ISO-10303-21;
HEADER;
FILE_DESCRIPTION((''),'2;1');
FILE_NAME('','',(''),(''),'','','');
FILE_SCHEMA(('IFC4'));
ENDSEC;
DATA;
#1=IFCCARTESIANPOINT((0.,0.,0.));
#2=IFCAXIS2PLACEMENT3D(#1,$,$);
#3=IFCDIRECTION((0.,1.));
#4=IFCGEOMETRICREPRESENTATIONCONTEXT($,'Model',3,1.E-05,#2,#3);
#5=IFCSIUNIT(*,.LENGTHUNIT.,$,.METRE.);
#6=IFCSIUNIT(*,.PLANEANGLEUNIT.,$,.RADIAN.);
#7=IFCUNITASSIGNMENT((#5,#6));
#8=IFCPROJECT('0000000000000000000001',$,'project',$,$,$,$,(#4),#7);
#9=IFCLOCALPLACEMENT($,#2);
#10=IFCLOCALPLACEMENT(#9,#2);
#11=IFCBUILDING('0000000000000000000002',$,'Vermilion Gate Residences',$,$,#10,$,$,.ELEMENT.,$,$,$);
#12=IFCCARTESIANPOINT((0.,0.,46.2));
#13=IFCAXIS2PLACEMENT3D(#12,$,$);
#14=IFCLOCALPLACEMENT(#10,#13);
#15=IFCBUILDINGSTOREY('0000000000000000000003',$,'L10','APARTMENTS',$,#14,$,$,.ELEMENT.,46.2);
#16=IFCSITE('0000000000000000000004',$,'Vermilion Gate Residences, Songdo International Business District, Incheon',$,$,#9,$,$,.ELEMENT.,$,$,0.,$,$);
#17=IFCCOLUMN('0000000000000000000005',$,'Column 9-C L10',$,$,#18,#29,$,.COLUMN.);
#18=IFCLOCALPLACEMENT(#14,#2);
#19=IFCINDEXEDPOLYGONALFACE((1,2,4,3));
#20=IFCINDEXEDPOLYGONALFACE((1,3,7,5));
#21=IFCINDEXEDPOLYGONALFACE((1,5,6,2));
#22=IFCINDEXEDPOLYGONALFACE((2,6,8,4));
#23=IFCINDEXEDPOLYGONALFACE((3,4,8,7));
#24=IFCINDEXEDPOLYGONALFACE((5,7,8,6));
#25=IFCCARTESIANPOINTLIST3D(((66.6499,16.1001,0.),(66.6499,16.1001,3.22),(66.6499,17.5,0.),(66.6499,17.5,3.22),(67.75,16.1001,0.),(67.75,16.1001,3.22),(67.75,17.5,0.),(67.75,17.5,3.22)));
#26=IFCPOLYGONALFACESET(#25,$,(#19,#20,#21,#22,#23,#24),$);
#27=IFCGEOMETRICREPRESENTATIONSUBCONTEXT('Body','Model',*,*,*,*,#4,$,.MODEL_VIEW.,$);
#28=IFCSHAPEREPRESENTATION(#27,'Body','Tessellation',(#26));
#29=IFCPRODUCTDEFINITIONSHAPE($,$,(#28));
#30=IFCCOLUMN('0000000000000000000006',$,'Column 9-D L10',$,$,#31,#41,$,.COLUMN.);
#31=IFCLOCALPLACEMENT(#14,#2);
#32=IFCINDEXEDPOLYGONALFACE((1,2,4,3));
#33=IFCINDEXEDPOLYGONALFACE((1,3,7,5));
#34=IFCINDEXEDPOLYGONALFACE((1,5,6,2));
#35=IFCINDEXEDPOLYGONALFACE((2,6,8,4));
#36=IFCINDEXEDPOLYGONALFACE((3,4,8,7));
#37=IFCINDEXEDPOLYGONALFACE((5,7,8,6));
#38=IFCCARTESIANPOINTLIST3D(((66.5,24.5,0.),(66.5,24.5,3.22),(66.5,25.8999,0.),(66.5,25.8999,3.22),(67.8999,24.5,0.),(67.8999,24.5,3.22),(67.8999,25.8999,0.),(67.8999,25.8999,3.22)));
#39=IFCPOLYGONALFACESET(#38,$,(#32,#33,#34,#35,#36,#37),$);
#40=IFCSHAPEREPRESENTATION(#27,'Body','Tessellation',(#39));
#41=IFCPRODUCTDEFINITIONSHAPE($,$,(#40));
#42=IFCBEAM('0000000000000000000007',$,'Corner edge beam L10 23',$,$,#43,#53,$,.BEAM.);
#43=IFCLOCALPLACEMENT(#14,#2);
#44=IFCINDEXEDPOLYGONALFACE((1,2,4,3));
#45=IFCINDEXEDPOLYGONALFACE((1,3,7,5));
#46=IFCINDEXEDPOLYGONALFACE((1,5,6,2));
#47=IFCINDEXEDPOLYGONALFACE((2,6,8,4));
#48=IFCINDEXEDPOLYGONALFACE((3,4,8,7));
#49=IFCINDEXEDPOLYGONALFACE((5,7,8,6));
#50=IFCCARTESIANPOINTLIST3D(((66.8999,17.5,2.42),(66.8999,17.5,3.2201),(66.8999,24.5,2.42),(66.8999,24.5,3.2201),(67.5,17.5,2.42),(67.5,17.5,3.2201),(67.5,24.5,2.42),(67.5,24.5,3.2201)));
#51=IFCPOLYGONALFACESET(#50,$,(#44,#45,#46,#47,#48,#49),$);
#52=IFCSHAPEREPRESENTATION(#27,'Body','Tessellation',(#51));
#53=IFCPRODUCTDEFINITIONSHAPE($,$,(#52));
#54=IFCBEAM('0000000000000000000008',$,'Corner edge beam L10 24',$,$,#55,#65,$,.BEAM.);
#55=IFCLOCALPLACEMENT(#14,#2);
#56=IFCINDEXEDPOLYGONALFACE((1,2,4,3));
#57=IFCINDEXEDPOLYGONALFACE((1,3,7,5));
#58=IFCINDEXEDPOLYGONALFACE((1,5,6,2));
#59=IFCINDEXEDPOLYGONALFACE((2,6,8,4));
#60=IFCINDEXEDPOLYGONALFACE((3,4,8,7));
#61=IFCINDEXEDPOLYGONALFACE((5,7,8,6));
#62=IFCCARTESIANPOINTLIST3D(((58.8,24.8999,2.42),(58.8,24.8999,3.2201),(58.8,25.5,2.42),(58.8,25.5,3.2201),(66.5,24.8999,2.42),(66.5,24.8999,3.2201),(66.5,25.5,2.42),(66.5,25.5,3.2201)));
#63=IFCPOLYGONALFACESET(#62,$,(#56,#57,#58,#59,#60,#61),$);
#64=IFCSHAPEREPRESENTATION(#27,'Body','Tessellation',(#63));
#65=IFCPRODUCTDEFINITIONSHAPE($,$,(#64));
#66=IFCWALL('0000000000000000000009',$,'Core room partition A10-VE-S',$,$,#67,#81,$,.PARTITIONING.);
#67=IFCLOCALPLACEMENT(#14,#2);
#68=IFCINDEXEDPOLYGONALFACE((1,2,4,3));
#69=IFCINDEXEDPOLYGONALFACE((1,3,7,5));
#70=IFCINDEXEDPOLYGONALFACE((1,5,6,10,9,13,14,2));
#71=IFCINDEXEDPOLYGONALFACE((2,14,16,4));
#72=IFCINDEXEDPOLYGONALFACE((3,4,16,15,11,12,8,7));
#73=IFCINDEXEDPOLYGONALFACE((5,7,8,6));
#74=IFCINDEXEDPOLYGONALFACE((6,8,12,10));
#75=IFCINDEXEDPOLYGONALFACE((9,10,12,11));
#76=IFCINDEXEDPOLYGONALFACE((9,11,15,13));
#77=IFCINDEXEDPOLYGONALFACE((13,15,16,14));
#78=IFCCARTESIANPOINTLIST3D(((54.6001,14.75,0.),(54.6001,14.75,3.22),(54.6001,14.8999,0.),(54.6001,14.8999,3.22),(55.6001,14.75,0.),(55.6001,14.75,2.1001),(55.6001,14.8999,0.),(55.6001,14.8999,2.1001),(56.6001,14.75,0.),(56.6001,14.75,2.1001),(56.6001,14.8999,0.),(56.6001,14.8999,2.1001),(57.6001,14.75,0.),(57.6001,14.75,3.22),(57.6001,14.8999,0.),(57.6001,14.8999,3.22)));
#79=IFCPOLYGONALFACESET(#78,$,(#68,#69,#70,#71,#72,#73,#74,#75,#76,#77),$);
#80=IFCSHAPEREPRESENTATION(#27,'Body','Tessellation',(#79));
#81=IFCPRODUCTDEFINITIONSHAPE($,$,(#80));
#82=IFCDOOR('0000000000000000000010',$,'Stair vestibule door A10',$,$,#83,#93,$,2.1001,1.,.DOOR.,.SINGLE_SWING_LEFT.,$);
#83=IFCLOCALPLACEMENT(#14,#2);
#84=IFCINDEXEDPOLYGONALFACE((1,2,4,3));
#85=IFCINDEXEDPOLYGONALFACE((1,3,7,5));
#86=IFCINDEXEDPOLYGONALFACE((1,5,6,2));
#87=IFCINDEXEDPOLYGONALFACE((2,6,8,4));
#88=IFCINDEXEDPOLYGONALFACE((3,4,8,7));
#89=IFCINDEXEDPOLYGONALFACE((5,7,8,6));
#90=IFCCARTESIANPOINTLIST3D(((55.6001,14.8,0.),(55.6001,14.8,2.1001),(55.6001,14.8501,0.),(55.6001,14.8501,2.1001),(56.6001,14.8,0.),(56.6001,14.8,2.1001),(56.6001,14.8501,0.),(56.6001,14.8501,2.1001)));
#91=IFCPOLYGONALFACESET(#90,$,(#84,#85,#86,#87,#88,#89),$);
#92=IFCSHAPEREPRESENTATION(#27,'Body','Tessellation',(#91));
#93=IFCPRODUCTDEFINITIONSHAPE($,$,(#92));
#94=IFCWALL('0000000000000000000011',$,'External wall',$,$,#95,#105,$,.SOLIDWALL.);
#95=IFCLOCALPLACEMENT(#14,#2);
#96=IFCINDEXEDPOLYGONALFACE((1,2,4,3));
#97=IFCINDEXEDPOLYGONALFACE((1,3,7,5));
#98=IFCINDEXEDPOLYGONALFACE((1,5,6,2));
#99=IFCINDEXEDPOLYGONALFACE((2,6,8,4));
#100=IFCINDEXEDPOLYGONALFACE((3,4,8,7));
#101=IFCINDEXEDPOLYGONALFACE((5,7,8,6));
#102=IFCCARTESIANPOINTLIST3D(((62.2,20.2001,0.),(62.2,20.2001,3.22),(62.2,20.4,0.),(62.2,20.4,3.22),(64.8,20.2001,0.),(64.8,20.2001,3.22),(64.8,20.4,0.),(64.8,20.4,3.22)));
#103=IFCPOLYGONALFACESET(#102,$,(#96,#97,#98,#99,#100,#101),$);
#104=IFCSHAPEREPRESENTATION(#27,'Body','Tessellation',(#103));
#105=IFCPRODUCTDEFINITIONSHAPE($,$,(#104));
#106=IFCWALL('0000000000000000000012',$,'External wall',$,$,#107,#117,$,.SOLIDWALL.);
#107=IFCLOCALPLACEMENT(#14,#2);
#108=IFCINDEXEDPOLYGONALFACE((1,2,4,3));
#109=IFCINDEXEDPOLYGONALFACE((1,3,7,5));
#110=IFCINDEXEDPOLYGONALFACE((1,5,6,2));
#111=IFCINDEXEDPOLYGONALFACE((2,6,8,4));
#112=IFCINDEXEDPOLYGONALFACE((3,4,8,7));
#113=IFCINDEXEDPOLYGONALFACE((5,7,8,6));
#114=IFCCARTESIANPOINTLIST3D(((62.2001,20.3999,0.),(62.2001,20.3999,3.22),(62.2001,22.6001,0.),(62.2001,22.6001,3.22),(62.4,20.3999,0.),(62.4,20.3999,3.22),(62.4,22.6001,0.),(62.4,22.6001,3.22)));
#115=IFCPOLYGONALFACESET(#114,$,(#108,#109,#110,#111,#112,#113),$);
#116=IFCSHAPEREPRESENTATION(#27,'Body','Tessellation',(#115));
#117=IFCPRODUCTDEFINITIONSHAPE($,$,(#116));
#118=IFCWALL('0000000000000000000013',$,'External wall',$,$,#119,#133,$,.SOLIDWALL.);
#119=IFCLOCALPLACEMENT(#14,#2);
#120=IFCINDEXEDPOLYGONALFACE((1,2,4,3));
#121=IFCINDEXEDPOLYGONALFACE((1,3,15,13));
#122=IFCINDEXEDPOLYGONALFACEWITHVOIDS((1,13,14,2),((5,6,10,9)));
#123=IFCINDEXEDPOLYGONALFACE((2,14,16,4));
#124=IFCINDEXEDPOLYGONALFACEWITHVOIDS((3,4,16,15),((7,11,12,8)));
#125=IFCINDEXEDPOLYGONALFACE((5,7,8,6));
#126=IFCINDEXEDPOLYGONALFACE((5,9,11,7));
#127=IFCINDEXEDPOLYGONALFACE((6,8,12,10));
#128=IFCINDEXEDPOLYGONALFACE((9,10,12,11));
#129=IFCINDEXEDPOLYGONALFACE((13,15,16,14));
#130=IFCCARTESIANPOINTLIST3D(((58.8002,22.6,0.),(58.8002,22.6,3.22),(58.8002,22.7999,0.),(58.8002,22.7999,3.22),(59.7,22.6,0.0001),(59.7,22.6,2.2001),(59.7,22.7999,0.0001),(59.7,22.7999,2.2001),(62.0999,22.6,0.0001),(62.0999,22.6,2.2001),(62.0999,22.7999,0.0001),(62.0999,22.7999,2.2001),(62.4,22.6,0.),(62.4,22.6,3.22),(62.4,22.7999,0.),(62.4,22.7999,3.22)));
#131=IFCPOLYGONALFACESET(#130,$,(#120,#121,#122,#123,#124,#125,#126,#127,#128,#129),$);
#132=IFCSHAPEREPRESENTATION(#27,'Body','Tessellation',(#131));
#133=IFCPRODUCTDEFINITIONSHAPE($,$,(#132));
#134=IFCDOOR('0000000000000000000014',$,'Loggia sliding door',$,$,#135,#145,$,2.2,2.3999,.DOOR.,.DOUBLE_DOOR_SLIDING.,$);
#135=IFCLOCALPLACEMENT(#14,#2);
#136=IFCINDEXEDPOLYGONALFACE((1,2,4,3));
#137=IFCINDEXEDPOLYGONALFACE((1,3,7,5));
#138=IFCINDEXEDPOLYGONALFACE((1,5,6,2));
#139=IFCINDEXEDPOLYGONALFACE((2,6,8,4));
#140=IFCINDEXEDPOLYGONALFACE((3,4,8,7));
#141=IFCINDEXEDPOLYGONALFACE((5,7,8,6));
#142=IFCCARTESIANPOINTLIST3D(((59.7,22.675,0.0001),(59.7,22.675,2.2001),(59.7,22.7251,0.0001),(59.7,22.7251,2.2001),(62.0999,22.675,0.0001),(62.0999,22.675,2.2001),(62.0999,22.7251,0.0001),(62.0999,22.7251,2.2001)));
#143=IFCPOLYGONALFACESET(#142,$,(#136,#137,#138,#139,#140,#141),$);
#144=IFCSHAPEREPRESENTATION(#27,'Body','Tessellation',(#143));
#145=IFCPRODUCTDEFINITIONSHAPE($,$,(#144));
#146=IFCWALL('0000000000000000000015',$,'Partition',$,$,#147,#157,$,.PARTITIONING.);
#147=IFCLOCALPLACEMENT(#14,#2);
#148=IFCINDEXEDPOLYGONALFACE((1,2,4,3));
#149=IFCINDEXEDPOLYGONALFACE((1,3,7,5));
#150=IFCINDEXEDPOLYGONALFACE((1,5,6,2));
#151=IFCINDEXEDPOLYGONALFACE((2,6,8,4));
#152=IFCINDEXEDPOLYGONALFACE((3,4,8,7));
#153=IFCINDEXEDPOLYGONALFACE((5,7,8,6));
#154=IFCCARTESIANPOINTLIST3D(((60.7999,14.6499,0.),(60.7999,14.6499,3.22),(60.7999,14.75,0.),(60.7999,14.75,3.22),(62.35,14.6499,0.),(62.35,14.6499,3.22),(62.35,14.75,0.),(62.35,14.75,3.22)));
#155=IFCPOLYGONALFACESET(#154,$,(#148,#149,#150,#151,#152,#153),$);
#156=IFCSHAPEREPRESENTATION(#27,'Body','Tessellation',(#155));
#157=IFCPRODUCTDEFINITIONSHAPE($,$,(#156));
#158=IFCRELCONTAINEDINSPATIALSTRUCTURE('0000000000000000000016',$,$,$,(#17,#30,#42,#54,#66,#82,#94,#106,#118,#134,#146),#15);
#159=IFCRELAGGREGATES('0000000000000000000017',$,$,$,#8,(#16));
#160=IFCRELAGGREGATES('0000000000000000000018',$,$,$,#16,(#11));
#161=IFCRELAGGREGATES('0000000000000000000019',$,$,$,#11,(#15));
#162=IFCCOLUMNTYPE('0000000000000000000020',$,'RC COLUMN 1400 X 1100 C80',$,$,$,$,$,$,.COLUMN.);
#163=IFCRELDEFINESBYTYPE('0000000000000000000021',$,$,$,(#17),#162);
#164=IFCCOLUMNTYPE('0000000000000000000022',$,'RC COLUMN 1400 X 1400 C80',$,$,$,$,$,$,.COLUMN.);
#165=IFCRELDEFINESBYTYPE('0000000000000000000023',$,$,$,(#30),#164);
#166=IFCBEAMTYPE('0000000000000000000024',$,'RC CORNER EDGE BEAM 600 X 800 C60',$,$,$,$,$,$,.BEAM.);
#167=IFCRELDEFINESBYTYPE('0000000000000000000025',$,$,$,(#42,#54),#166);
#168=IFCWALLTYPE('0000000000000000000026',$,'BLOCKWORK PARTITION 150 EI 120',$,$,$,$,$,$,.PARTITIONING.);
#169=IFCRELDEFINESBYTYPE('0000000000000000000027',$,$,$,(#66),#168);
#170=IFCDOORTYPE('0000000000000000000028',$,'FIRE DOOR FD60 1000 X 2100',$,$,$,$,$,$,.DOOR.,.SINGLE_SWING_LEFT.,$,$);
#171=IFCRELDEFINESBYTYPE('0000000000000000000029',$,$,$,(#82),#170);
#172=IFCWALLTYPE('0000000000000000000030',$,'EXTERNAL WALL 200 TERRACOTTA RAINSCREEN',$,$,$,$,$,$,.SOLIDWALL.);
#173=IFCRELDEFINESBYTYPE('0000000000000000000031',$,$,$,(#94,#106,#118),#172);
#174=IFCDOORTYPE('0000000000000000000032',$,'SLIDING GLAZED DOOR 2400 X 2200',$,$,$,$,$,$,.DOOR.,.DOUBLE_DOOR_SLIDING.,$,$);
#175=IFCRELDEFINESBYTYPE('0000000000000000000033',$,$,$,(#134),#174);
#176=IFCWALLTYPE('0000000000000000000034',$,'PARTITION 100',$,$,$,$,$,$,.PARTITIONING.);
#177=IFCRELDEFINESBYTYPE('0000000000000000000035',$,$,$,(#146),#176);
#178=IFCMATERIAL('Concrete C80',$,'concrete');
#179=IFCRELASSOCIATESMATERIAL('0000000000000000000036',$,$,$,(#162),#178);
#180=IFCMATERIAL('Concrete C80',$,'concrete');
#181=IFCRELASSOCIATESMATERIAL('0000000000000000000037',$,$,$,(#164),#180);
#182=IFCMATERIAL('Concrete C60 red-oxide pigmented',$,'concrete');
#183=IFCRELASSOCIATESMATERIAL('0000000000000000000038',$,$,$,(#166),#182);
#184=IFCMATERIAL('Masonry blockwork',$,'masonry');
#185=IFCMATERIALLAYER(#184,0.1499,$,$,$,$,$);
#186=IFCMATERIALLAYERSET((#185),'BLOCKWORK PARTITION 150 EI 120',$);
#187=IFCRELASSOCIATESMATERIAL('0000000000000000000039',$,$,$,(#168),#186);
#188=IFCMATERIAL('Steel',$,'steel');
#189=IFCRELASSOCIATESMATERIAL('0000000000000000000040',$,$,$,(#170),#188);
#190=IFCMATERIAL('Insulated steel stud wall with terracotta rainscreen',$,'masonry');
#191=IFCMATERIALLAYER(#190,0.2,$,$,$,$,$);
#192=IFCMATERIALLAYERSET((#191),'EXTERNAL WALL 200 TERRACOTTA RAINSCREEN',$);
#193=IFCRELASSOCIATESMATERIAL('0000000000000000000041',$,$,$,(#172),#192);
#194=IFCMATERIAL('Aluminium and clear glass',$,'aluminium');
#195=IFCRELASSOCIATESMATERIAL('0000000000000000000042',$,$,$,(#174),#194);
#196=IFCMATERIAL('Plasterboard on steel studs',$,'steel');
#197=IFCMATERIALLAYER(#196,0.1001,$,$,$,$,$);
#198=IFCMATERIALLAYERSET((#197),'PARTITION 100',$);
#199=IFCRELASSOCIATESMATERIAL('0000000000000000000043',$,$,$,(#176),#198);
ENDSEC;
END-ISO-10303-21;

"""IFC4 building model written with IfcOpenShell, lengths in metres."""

from ifc_helpers import new_model, si_unit, direction, frame, frame_2d, origin, origin_2d, place, context, subcontext, project, spatial, rectangle, extrude, material, layer, layer_set, material_profile, profile_set, type_object, element, fill, save


model = new_model("IFC4")

# Units and contexts
model_context = context("Model", 3, precision=1e-05, world=origin(), true_north=direction((0.0, 1.0)))
body_context = subcontext(model_context, "Body", "Model", "MODEL_VIEW")
ifc_project = project(units=[si_unit("LENGTHUNIT", "METRE"), si_unit("PLANEANGLEUNIT", "RADIAN")], contexts=[model_context])

# Site, building, storey
site_placement = place(None, origin())
site = spatial("IfcSite", under=ifc_project, at=site_placement, Name="Vermilion Gate Residences, Songdo International Business District, Incheon", CompositionType="ELEMENT", RefElevation=0.0)
building_placement = place(site_placement, origin())
building = spatial("IfcBuilding", under=site, at=building_placement, Name="Vermilion Gate Residences", CompositionType="ELEMENT")
storey_placement = place(building_placement, frame((0.0, 0.0, 46.2)))
storey = spatial("IfcBuildingStorey", under=building, at=storey_placement, Name="L10", Description="APARTMENTS", CompositionType="ELEMENT", Elevation=46.2)

# Columns
ifc_material_1 = material(Name="Concrete C80", Category="concrete")
ifc_material_profile_1 = material_profile(ifc_material_1, rectangle(XDim=1.3999, YDim=1.1001, at=origin_2d()), Name="RC-1400x1100")
ifc_profile_set_1 = profile_set([ifc_material_profile_1], Name="Concrete C80")
column_type_1 = type_object("IfcColumnType", Name="RC COLUMN 1400 X 1100 C80", PredefinedType="COLUMN", material=ifc_profile_set_1)
column_1_placement = place(storey_placement, frame((67.2, 16.8, 0.0), z_axis=(0.0, 0.0, 1.0), x_axis=(0.0, 1.0, 0.0)))
element("IfcColumn", 1, at=column_1_placement, inside=storey, type_object=column_type_1, Name="Column 9-C L10", PredefinedType="COLUMN", context=body_context, shape_type="SweptSolid", body=[
    extrude(rectangle(XDim=1.3999, YDim=1.1001, at=origin_2d()), origin(), (0.0, 0.0, 1.0), 3.22),
])
ifc_material_2 = material(Name="Concrete C80", Category="concrete")
ifc_material_profile_2 = material_profile(ifc_material_2, rectangle(XDim=1.3999, YDim=1.3999, at=origin_2d()), Name="RC-1400x1400")
ifc_profile_set_2 = profile_set([ifc_material_profile_2], Name="Concrete C80")
column_type_2 = type_object("IfcColumnType", Name="RC COLUMN 1400 X 1400 C80", PredefinedType="COLUMN", material=ifc_profile_set_2)
column_2_placement = place(storey_placement, frame((67.2, 25.2, 0.0), z_axis=(0.0, 0.0, 1.0), x_axis=(1.0, 0.0, 0.0)))
element("IfcColumn", 2, at=column_2_placement, inside=storey, type_object=column_type_2, Name="Column 9-D L10", PredefinedType="COLUMN", context=body_context, shape_type="SweptSolid", body=[
    extrude(rectangle(XDim=1.3999, YDim=1.3999, at=origin_2d()), origin(), (0.0, 0.0, 1.0), 3.22),
])

# Beams
ifc_material_3 = material(Name="Concrete C60 red-oxide pigmented", Category="concrete")
ifc_material_profile_3 = material_profile(ifc_material_3, rectangle(XDim=0.6001, YDim=0.8, at=origin_2d()), Name="RC-600x800")
ifc_profile_set_3 = profile_set([ifc_material_profile_3], Name="Concrete C60 red-oxide pigmented")
beam_type = type_object("IfcBeamType", Name="RC CORNER EDGE BEAM 600 X 800 C60", PredefinedType="BEAM", material=ifc_profile_set_3)
beam_1_placement = place(storey_placement, frame((67.2, 17.5, 2.8201), z_axis=(0.0, 1.0, 0.0), x_axis=(-1.0, 0.0, 0.0)))
element("IfcBeam", 3, at=beam_1_placement, inside=storey, type_object=beam_type, Name="Corner edge beam L10 23", PredefinedType="BEAM", context=body_context, shape_type="SweptSolid", body=[
    extrude(rectangle(XDim=0.6001, YDim=0.8, at=origin_2d()), origin(), (0.0, 0.0, 1.0), 7.0),
])
beam_2_placement = place(storey_placement, frame((58.8, 25.2, 2.8201), z_axis=(1.0, 0.0, 0.0), x_axis=(0.0, 1.0, 0.0)))
element("IfcBeam", 4, at=beam_2_placement, inside=storey, type_object=beam_type, Name="Corner edge beam L10 24", PredefinedType="BEAM", context=body_context, shape_type="SweptSolid", body=[
    extrude(rectangle(XDim=0.6001, YDim=0.8, at=origin_2d()), origin(), (0.0, 0.0, 1.0), 7.7),
])

# Wall, opening, door
ifc_material_4 = material(Name="Masonry blockwork", Category="masonry")
ifc_layer_1 = layer(ifc_material_4, 0.1499)
ifc_layer_set_1 = layer_set([ifc_layer_1], Name="BLOCKWORK PARTITION 150 EI 120")
wall_type_1 = type_object("IfcWallType", Name="BLOCKWORK PARTITION 150 EI 120", PredefinedType="PARTITIONING", material=ifc_layer_set_1)
wall_1_placement = place(storey_placement, frame((54.6001, 14.825, 0.0), z_axis=(0.0, 0.0, 1.0), x_axis=(1.0, 0.0, 0.0)))
wall_1 = element("IfcWall", 5, at=wall_1_placement, inside=storey, type_object=wall_type_1, Name="Core room partition A10-VE-S", PredefinedType="PARTITIONING", context=body_context, shape_type="SweptSolid", body=[
    extrude(rectangle(XDim=3.0, YDim=0.1499, at=frame_2d((1.5, 0.0))), origin(), (0.0, 0.0, 1.0), 3.22),
])
opening_1_placement = place(wall_1_placement, frame((1.0, 0.0, 0.0)))
opening_1 = element("IfcOpeningElement", 6, at=opening_1_placement, cuts=wall_1, PredefinedType="OPENING", context=body_context, shape_type="SweptSolid", body=[
    extrude(rectangle(XDim=1.0, YDim=2.1001, at=frame_2d((0.5, 1.05))), frame((0.0, 0.085, 0.0), z_axis=(0.0, -1.0, 0.0), x_axis=(1.0, 0.0, 0.0)), (0.0, 0.0, 1.0), 0.1699),
])
ifc_material_5 = material(Name="Steel", Category="steel")
door_type_1 = type_object("IfcDoorType", Name="FIRE DOOR FD60 1000 X 2100", OperationType="SINGLE_SWING_LEFT", PredefinedType="DOOR", material=ifc_material_5)
door_1_placement = place(opening_1_placement, frame((1.0, 0.0, 0.0), z_axis=(0.0, 0.0, 1.0), x_axis=(-1.0, 0.0, 0.0)))
door_1 = element("IfcDoor", 7, at=door_1_placement, inside=storey, type_object=door_type_1, Name="Stair vestibule door A10", OperationType="SINGLE_SWING_LEFT", OverallHeight=2.1001, OverallWidth=1.0, PredefinedType="DOOR", context=body_context, shape_type="SweptSolid", body=[
    extrude(rectangle(XDim=1.0, YDim=2.1001, at=frame_2d((0.5, 1.05))), frame((0.0, 0.0249, 0.0), z_axis=(0.0, -1.0, 0.0), x_axis=(1.0, 0.0, 0.0)), (0.0, 0.0, 1.0), 0.05),
])
fill(opening_1, door_1)

# Walls
ifc_material_6 = material(Name="Insulated steel stud wall with terracotta rainscreen", Category="masonry")
ifc_layer_2 = layer(ifc_material_6, 0.2)
ifc_layer_set_2 = layer_set([ifc_layer_2], Name="EXTERNAL WALL 200 TERRACOTTA RAINSCREEN")
wall_type_2 = type_object("IfcWallType", Name="EXTERNAL WALL 200 TERRACOTTA RAINSCREEN", PredefinedType="SOLIDWALL", material=ifc_layer_set_2)
wall_2_placement = place(storey_placement, frame((64.8, 20.3, 0.0), z_axis=(0.0, 0.0, 1.0), x_axis=(-1.0, 0.0, 0.0)))
element("IfcWall", 8, at=wall_2_placement, inside=storey, type_object=wall_type_2, Name="External wall", PredefinedType="SOLIDWALL", context=body_context, shape_type="SweptSolid", body=[
    extrude(rectangle(XDim=2.6001, YDim=0.2, at=frame_2d((1.3, 0.0))), origin(), (0.0, 0.0, 1.0), 3.22),
])
wall_3_placement = place(storey_placement, frame((62.3, 20.3999, 0.0), z_axis=(0.0, 0.0, 1.0), x_axis=(0.0, 1.0, 0.0)))
element("IfcWall", 9, at=wall_3_placement, inside=storey, type_object=wall_type_2, Name="External wall", PredefinedType="SOLIDWALL", context=body_context, shape_type="SweptSolid", body=[
    extrude(rectangle(XDim=2.2002, YDim=0.2, at=frame_2d((1.1001, 0.0))), origin(), (0.0, 0.0, 1.0), 3.22),
])

# Wall, opening, door
wall_4_placement = place(storey_placement, frame((62.3999, 22.7, 0.0), z_axis=(0.0, 0.0, 1.0), x_axis=(-1.0, 0.0, 0.0)))
wall_4 = element("IfcWall", 10, at=wall_4_placement, inside=storey, type_object=wall_type_2, Name="External wall", PredefinedType="SOLIDWALL", context=body_context, shape_type="SweptSolid", body=[
    extrude(rectangle(XDim=3.5999, YDim=0.2, at=frame_2d((1.7998, 0.0))), origin(), (0.0, 0.0, 1.0), 3.22),
])
opening_2_placement = place(wall_4_placement, frame((0.3, 0.0, 0.0)))
opening_2 = element("IfcOpeningElement", 11, at=opening_2_placement, cuts=wall_4, PredefinedType="OPENING", context=body_context, shape_type="SweptSolid", body=[
    extrude(rectangle(XDim=2.3999, YDim=2.2, at=frame_2d((1.2, 1.1001))), frame((0.0, 0.1099, 0.0), z_axis=(0.0, -1.0, 0.0), x_axis=(1.0, 0.0, 0.0)), (0.0, 0.0, 1.0), 0.22),
])
ifc_material_7 = material(Name="Aluminium and clear glass", Category="aluminium")
door_type_2 = type_object("IfcDoorType", Name="SLIDING GLAZED DOOR 2400 X 2200", OperationType="DOUBLE_DOOR_SLIDING", PredefinedType="DOOR", material=ifc_material_7)
door_2_placement = place(opening_2_placement, origin())
door_2 = element("IfcDoor", 12, at=door_2_placement, inside=storey, type_object=door_type_2, Name="Loggia sliding door", OperationType="DOUBLE_DOOR_SLIDING", OverallHeight=2.2, OverallWidth=2.3999, PredefinedType="DOOR", context=body_context, shape_type="SweptSolid", body=[
    extrude(rectangle(XDim=2.3999, YDim=2.2, at=frame_2d((1.2, 1.1001))), frame((0.0, 0.0249, 0.0), z_axis=(0.0, -1.0, 0.0), x_axis=(1.0, 0.0, 0.0)), (0.0, 0.0, 1.0), 0.05),
])
fill(opening_2, door_2)

# Wall
ifc_material_8 = material(Name="Plasterboard on steel studs", Category="steel")
ifc_layer_3 = layer(ifc_material_8, 0.1001)
ifc_layer_set_3 = layer_set([ifc_layer_3], Name="PARTITION 100")
wall_type_3 = type_object("IfcWallType", Name="PARTITION 100", PredefinedType="PARTITIONING", material=ifc_layer_set_3)
wall_5_placement = place(storey_placement, frame((60.8, 14.7, 0.0), z_axis=(0.0, 0.0, 1.0), x_axis=(1.0, 0.0, 0.0)))
element("IfcWall", 13, at=wall_5_placement, inside=storey, type_object=wall_type_3, Name="Partition", PredefinedType="PARTITIONING", context=body_context, shape_type="SweptSolid", body=[
    extrude(rectangle(XDim=1.55, YDim=0.1001, at=frame_2d((0.7749, 0.0))), origin(), (0.0, 0.0, 1.0), 3.22),
])

save(model, "model.ifc")
